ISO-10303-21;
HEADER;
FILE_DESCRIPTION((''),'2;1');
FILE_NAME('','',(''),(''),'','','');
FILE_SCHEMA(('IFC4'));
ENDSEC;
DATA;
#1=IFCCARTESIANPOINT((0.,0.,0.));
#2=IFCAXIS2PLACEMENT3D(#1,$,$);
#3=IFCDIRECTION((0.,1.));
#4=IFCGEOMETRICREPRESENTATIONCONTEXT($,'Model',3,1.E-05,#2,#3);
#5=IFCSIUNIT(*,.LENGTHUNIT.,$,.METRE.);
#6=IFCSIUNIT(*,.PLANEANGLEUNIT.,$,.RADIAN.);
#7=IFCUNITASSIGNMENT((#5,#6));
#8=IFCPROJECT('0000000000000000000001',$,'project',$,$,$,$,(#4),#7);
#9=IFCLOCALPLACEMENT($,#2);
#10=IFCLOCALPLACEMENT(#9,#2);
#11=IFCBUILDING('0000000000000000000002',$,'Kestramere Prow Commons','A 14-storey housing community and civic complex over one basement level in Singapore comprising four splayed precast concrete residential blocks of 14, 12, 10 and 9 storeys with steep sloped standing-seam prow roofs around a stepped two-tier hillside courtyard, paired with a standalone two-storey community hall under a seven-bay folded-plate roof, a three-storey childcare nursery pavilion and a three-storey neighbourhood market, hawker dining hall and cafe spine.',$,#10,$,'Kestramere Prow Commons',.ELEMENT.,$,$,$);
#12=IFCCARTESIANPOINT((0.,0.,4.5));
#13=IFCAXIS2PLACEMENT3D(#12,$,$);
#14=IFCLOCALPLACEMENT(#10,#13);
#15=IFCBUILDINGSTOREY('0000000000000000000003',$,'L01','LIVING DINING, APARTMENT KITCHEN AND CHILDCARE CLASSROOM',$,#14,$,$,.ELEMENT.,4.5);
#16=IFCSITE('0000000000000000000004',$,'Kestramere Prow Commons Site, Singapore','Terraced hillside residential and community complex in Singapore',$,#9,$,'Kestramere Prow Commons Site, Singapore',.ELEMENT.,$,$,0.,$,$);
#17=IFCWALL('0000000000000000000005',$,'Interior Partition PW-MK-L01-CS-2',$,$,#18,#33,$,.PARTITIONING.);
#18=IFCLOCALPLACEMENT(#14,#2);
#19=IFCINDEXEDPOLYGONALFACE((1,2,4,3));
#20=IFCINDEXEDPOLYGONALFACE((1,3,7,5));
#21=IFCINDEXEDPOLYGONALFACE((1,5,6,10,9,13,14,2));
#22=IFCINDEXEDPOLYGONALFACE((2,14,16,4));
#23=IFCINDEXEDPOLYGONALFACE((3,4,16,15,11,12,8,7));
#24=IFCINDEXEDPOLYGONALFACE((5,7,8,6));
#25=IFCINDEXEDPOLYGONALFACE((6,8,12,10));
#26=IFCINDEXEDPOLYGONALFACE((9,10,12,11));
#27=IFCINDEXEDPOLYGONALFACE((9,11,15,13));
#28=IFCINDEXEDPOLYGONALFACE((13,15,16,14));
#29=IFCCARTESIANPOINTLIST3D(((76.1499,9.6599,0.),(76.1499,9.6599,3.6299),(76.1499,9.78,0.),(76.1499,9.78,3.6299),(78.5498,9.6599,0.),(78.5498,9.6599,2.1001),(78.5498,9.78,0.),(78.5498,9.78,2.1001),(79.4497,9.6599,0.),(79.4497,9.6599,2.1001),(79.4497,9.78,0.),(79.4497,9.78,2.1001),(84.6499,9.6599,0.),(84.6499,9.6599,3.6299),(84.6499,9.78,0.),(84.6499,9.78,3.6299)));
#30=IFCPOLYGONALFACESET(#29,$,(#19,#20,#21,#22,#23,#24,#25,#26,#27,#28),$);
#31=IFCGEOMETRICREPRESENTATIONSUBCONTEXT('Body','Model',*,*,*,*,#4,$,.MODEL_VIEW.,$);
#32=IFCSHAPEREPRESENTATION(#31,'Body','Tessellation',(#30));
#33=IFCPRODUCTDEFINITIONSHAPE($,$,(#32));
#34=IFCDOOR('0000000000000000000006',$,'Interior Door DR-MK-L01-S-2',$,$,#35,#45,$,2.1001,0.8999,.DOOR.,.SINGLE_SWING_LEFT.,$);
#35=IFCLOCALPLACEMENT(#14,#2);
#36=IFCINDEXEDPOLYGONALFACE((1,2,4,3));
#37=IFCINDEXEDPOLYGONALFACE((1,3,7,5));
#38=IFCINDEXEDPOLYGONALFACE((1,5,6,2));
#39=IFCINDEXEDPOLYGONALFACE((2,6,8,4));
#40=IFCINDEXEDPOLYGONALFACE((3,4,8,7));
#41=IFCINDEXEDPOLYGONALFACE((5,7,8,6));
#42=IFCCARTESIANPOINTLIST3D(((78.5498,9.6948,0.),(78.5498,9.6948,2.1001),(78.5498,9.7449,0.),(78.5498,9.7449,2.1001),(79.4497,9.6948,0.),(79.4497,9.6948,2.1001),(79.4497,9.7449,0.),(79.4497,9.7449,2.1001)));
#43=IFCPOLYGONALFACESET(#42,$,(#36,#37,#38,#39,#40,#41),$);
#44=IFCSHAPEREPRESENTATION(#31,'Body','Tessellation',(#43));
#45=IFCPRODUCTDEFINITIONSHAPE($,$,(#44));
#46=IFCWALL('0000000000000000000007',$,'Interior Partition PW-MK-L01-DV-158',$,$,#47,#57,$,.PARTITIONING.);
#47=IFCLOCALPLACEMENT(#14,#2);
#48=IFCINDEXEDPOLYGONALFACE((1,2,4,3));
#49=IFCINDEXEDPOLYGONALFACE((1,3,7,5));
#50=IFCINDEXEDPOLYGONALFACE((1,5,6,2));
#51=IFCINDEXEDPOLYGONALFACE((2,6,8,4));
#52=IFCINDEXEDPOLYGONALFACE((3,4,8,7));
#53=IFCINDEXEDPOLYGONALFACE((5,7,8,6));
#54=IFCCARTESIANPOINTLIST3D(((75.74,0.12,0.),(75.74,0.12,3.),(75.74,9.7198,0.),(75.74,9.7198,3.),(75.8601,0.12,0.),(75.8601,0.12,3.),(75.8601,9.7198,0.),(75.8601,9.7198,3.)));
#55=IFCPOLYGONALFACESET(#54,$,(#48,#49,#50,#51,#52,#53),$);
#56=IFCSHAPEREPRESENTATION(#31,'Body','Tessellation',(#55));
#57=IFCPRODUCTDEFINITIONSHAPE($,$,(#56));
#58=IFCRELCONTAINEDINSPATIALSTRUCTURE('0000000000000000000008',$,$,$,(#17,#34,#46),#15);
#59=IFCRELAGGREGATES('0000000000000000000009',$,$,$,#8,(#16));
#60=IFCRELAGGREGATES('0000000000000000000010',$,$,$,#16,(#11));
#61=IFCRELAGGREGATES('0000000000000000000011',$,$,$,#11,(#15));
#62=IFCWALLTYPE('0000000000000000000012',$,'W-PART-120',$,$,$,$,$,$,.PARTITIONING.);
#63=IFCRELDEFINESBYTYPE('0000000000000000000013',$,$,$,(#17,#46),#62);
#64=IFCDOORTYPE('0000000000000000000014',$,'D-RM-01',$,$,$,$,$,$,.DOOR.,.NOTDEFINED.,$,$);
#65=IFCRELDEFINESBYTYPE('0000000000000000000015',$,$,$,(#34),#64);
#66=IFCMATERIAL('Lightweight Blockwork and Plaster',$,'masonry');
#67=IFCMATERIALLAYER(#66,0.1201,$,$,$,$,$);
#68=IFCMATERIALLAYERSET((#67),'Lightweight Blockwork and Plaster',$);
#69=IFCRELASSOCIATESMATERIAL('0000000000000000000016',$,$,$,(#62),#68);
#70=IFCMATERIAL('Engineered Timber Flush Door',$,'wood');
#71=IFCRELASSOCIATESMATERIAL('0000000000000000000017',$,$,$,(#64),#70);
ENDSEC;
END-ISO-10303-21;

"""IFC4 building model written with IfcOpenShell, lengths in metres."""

from ifc_helpers import new_model, si_unit, direction, frame, frame_2d, origin, place, context, subcontext, project, spatial, rectangle, extrude, material, layer, layer_set, type_object, element, fill, save


model = new_model("IFC4")

# Units and contexts
model_context = context("Model", 3, precision=1e-05, world=origin(), true_north=direction((0.0, 1.0)))
body_context = subcontext(model_context, "Body", "Model", "MODEL_VIEW")
ifc_project = project(units=[si_unit("LENGTHUNIT", "METRE"), si_unit("PLANEANGLEUNIT", "RADIAN")], contexts=[model_context])

# Site, building, storey
site_placement = place(None, origin())
site = spatial("IfcSite", under=ifc_project, at=site_placement, Name="Kestramere Prow Commons Site, Singapore", Description="Terraced hillside residential and community complex in Singapore", LongName="Kestramere Prow Commons Site, Singapore", CompositionType="ELEMENT", RefElevation=0.0)
building_placement = place(site_placement, origin())
building = spatial("IfcBuilding", under=site, at=building_placement, Name="Kestramere Prow Commons", Description="A 14-storey housing community and civic complex over one basement level in Singapore comprising four splayed precast concrete residential blocks of 14, 12, 10 and 9 storeys with steep sloped standing-seam prow roofs around a stepped two-tier hillside courtyard, paired with a standalone two-storey community hall under a seven-bay folded-plate roof, a three-storey childcare nursery pavilion and a three-storey neighbourhood market, hawker dining hall and cafe spine.", LongName="Kestramere Prow Commons", CompositionType="ELEMENT")
storey_placement = place(building_placement, frame((0.0, 0.0, 4.5)))
storey = spatial("IfcBuildingStorey", under=building, at=storey_placement, Name="L01", Description="LIVING DINING, APARTMENT KITCHEN AND CHILDCARE CLASSROOM", CompositionType="ELEMENT", Elevation=4.5)

# Wall, opening, door
ifc_material_1 = material(Name="Lightweight Blockwork and Plaster", Category="masonry")
ifc_layer_1 = layer(ifc_material_1, 0.1201)
ifc_layer_set_1 = layer_set([ifc_layer_1], Name="Lightweight Blockwork and Plaster")
wall_type = type_object("IfcWallType", Name="W-PART-120", PredefinedType="PARTITIONING", material=ifc_layer_set_1)
wall_1_placement = place(storey_placement, frame((76.1499, 9.72, 0.0), z_axis=(0.0, 0.0, 1.0), x_axis=(1.0, 0.0, 0.0)))
wall_1 = element("IfcWall", 1, at=wall_1_placement, inside=storey, type_object=wall_type, Name="Interior Partition PW-MK-L01-CS-2", PredefinedType="PARTITIONING", context=body_context, shape_type="SweptSolid", body=[
    extrude(rectangle(XDim=8.5, YDim=0.1201, at=frame_2d((4.25, 0.0))), origin(), (0.0, 0.0, 1.0), 3.6299),
])
opening_placement = place(wall_1_placement, frame((2.3999, 0.0, 0.0)))
opening = element("IfcOpeningElement", 2, at=opening_placement, cuts=wall_1, PredefinedType="OPENING", context=body_context, shape_type="SweptSolid", body=[
    extrude(rectangle(XDim=0.8999, YDim=2.1001, at=frame_2d((0.45, 1.05))), frame((0.0, 0.075, 0.0), z_axis=(0.0, -1.0, 0.0), x_axis=(1.0, 0.0, 0.0)), (0.0, 0.0, 1.0), 0.1501),
])
ifc_material_2 = material(Name="Engineered Timber Flush Door", Category="wood")
door_type = type_object("IfcDoorType", Name="D-RM-01", OperationType="NOTDEFINED", PredefinedType="DOOR", material=ifc_material_2)
door_placement = place(opening_placement, origin())
door = element("IfcDoor", 3, at=door_placement, inside=storey, type_object=door_type, Name="Interior Door DR-MK-L01-S-2", OperationType="SINGLE_SWING_LEFT", OverallHeight=2.1001, OverallWidth=0.8999, PredefinedType="DOOR", context=body_context, shape_type="SweptSolid", body=[
    extrude(rectangle(XDim=0.8999, YDim=2.1001, at=frame_2d((0.45, 1.05))), frame((0.0, 0.0249, 0.0), z_axis=(0.0, -1.0, 0.0), x_axis=(1.0, 0.0, 0.0)), (0.0, 0.0, 1.0), 0.05),
])
fill(opening, door)

# Wall
wall_2_placement = place(storey_placement, frame((75.8, 0.1201, 0.0), z_axis=(0.0, 0.0, 1.0), x_axis=(0.0, 1.0, 0.0)))
element("IfcWall", 4, at=wall_2_placement, inside=storey, type_object=wall_type, Name="Interior Partition PW-MK-L01-DV-158", PredefinedType="PARTITIONING", context=body_context, shape_type="SweptSolid", body=[
    extrude(rectangle(XDim=9.5999, YDim=0.1201, at=frame_2d((4.7998, 0.0))), origin(), (0.0, 0.0, 1.0), 3.0),
])

save(model, "model.ifc")
